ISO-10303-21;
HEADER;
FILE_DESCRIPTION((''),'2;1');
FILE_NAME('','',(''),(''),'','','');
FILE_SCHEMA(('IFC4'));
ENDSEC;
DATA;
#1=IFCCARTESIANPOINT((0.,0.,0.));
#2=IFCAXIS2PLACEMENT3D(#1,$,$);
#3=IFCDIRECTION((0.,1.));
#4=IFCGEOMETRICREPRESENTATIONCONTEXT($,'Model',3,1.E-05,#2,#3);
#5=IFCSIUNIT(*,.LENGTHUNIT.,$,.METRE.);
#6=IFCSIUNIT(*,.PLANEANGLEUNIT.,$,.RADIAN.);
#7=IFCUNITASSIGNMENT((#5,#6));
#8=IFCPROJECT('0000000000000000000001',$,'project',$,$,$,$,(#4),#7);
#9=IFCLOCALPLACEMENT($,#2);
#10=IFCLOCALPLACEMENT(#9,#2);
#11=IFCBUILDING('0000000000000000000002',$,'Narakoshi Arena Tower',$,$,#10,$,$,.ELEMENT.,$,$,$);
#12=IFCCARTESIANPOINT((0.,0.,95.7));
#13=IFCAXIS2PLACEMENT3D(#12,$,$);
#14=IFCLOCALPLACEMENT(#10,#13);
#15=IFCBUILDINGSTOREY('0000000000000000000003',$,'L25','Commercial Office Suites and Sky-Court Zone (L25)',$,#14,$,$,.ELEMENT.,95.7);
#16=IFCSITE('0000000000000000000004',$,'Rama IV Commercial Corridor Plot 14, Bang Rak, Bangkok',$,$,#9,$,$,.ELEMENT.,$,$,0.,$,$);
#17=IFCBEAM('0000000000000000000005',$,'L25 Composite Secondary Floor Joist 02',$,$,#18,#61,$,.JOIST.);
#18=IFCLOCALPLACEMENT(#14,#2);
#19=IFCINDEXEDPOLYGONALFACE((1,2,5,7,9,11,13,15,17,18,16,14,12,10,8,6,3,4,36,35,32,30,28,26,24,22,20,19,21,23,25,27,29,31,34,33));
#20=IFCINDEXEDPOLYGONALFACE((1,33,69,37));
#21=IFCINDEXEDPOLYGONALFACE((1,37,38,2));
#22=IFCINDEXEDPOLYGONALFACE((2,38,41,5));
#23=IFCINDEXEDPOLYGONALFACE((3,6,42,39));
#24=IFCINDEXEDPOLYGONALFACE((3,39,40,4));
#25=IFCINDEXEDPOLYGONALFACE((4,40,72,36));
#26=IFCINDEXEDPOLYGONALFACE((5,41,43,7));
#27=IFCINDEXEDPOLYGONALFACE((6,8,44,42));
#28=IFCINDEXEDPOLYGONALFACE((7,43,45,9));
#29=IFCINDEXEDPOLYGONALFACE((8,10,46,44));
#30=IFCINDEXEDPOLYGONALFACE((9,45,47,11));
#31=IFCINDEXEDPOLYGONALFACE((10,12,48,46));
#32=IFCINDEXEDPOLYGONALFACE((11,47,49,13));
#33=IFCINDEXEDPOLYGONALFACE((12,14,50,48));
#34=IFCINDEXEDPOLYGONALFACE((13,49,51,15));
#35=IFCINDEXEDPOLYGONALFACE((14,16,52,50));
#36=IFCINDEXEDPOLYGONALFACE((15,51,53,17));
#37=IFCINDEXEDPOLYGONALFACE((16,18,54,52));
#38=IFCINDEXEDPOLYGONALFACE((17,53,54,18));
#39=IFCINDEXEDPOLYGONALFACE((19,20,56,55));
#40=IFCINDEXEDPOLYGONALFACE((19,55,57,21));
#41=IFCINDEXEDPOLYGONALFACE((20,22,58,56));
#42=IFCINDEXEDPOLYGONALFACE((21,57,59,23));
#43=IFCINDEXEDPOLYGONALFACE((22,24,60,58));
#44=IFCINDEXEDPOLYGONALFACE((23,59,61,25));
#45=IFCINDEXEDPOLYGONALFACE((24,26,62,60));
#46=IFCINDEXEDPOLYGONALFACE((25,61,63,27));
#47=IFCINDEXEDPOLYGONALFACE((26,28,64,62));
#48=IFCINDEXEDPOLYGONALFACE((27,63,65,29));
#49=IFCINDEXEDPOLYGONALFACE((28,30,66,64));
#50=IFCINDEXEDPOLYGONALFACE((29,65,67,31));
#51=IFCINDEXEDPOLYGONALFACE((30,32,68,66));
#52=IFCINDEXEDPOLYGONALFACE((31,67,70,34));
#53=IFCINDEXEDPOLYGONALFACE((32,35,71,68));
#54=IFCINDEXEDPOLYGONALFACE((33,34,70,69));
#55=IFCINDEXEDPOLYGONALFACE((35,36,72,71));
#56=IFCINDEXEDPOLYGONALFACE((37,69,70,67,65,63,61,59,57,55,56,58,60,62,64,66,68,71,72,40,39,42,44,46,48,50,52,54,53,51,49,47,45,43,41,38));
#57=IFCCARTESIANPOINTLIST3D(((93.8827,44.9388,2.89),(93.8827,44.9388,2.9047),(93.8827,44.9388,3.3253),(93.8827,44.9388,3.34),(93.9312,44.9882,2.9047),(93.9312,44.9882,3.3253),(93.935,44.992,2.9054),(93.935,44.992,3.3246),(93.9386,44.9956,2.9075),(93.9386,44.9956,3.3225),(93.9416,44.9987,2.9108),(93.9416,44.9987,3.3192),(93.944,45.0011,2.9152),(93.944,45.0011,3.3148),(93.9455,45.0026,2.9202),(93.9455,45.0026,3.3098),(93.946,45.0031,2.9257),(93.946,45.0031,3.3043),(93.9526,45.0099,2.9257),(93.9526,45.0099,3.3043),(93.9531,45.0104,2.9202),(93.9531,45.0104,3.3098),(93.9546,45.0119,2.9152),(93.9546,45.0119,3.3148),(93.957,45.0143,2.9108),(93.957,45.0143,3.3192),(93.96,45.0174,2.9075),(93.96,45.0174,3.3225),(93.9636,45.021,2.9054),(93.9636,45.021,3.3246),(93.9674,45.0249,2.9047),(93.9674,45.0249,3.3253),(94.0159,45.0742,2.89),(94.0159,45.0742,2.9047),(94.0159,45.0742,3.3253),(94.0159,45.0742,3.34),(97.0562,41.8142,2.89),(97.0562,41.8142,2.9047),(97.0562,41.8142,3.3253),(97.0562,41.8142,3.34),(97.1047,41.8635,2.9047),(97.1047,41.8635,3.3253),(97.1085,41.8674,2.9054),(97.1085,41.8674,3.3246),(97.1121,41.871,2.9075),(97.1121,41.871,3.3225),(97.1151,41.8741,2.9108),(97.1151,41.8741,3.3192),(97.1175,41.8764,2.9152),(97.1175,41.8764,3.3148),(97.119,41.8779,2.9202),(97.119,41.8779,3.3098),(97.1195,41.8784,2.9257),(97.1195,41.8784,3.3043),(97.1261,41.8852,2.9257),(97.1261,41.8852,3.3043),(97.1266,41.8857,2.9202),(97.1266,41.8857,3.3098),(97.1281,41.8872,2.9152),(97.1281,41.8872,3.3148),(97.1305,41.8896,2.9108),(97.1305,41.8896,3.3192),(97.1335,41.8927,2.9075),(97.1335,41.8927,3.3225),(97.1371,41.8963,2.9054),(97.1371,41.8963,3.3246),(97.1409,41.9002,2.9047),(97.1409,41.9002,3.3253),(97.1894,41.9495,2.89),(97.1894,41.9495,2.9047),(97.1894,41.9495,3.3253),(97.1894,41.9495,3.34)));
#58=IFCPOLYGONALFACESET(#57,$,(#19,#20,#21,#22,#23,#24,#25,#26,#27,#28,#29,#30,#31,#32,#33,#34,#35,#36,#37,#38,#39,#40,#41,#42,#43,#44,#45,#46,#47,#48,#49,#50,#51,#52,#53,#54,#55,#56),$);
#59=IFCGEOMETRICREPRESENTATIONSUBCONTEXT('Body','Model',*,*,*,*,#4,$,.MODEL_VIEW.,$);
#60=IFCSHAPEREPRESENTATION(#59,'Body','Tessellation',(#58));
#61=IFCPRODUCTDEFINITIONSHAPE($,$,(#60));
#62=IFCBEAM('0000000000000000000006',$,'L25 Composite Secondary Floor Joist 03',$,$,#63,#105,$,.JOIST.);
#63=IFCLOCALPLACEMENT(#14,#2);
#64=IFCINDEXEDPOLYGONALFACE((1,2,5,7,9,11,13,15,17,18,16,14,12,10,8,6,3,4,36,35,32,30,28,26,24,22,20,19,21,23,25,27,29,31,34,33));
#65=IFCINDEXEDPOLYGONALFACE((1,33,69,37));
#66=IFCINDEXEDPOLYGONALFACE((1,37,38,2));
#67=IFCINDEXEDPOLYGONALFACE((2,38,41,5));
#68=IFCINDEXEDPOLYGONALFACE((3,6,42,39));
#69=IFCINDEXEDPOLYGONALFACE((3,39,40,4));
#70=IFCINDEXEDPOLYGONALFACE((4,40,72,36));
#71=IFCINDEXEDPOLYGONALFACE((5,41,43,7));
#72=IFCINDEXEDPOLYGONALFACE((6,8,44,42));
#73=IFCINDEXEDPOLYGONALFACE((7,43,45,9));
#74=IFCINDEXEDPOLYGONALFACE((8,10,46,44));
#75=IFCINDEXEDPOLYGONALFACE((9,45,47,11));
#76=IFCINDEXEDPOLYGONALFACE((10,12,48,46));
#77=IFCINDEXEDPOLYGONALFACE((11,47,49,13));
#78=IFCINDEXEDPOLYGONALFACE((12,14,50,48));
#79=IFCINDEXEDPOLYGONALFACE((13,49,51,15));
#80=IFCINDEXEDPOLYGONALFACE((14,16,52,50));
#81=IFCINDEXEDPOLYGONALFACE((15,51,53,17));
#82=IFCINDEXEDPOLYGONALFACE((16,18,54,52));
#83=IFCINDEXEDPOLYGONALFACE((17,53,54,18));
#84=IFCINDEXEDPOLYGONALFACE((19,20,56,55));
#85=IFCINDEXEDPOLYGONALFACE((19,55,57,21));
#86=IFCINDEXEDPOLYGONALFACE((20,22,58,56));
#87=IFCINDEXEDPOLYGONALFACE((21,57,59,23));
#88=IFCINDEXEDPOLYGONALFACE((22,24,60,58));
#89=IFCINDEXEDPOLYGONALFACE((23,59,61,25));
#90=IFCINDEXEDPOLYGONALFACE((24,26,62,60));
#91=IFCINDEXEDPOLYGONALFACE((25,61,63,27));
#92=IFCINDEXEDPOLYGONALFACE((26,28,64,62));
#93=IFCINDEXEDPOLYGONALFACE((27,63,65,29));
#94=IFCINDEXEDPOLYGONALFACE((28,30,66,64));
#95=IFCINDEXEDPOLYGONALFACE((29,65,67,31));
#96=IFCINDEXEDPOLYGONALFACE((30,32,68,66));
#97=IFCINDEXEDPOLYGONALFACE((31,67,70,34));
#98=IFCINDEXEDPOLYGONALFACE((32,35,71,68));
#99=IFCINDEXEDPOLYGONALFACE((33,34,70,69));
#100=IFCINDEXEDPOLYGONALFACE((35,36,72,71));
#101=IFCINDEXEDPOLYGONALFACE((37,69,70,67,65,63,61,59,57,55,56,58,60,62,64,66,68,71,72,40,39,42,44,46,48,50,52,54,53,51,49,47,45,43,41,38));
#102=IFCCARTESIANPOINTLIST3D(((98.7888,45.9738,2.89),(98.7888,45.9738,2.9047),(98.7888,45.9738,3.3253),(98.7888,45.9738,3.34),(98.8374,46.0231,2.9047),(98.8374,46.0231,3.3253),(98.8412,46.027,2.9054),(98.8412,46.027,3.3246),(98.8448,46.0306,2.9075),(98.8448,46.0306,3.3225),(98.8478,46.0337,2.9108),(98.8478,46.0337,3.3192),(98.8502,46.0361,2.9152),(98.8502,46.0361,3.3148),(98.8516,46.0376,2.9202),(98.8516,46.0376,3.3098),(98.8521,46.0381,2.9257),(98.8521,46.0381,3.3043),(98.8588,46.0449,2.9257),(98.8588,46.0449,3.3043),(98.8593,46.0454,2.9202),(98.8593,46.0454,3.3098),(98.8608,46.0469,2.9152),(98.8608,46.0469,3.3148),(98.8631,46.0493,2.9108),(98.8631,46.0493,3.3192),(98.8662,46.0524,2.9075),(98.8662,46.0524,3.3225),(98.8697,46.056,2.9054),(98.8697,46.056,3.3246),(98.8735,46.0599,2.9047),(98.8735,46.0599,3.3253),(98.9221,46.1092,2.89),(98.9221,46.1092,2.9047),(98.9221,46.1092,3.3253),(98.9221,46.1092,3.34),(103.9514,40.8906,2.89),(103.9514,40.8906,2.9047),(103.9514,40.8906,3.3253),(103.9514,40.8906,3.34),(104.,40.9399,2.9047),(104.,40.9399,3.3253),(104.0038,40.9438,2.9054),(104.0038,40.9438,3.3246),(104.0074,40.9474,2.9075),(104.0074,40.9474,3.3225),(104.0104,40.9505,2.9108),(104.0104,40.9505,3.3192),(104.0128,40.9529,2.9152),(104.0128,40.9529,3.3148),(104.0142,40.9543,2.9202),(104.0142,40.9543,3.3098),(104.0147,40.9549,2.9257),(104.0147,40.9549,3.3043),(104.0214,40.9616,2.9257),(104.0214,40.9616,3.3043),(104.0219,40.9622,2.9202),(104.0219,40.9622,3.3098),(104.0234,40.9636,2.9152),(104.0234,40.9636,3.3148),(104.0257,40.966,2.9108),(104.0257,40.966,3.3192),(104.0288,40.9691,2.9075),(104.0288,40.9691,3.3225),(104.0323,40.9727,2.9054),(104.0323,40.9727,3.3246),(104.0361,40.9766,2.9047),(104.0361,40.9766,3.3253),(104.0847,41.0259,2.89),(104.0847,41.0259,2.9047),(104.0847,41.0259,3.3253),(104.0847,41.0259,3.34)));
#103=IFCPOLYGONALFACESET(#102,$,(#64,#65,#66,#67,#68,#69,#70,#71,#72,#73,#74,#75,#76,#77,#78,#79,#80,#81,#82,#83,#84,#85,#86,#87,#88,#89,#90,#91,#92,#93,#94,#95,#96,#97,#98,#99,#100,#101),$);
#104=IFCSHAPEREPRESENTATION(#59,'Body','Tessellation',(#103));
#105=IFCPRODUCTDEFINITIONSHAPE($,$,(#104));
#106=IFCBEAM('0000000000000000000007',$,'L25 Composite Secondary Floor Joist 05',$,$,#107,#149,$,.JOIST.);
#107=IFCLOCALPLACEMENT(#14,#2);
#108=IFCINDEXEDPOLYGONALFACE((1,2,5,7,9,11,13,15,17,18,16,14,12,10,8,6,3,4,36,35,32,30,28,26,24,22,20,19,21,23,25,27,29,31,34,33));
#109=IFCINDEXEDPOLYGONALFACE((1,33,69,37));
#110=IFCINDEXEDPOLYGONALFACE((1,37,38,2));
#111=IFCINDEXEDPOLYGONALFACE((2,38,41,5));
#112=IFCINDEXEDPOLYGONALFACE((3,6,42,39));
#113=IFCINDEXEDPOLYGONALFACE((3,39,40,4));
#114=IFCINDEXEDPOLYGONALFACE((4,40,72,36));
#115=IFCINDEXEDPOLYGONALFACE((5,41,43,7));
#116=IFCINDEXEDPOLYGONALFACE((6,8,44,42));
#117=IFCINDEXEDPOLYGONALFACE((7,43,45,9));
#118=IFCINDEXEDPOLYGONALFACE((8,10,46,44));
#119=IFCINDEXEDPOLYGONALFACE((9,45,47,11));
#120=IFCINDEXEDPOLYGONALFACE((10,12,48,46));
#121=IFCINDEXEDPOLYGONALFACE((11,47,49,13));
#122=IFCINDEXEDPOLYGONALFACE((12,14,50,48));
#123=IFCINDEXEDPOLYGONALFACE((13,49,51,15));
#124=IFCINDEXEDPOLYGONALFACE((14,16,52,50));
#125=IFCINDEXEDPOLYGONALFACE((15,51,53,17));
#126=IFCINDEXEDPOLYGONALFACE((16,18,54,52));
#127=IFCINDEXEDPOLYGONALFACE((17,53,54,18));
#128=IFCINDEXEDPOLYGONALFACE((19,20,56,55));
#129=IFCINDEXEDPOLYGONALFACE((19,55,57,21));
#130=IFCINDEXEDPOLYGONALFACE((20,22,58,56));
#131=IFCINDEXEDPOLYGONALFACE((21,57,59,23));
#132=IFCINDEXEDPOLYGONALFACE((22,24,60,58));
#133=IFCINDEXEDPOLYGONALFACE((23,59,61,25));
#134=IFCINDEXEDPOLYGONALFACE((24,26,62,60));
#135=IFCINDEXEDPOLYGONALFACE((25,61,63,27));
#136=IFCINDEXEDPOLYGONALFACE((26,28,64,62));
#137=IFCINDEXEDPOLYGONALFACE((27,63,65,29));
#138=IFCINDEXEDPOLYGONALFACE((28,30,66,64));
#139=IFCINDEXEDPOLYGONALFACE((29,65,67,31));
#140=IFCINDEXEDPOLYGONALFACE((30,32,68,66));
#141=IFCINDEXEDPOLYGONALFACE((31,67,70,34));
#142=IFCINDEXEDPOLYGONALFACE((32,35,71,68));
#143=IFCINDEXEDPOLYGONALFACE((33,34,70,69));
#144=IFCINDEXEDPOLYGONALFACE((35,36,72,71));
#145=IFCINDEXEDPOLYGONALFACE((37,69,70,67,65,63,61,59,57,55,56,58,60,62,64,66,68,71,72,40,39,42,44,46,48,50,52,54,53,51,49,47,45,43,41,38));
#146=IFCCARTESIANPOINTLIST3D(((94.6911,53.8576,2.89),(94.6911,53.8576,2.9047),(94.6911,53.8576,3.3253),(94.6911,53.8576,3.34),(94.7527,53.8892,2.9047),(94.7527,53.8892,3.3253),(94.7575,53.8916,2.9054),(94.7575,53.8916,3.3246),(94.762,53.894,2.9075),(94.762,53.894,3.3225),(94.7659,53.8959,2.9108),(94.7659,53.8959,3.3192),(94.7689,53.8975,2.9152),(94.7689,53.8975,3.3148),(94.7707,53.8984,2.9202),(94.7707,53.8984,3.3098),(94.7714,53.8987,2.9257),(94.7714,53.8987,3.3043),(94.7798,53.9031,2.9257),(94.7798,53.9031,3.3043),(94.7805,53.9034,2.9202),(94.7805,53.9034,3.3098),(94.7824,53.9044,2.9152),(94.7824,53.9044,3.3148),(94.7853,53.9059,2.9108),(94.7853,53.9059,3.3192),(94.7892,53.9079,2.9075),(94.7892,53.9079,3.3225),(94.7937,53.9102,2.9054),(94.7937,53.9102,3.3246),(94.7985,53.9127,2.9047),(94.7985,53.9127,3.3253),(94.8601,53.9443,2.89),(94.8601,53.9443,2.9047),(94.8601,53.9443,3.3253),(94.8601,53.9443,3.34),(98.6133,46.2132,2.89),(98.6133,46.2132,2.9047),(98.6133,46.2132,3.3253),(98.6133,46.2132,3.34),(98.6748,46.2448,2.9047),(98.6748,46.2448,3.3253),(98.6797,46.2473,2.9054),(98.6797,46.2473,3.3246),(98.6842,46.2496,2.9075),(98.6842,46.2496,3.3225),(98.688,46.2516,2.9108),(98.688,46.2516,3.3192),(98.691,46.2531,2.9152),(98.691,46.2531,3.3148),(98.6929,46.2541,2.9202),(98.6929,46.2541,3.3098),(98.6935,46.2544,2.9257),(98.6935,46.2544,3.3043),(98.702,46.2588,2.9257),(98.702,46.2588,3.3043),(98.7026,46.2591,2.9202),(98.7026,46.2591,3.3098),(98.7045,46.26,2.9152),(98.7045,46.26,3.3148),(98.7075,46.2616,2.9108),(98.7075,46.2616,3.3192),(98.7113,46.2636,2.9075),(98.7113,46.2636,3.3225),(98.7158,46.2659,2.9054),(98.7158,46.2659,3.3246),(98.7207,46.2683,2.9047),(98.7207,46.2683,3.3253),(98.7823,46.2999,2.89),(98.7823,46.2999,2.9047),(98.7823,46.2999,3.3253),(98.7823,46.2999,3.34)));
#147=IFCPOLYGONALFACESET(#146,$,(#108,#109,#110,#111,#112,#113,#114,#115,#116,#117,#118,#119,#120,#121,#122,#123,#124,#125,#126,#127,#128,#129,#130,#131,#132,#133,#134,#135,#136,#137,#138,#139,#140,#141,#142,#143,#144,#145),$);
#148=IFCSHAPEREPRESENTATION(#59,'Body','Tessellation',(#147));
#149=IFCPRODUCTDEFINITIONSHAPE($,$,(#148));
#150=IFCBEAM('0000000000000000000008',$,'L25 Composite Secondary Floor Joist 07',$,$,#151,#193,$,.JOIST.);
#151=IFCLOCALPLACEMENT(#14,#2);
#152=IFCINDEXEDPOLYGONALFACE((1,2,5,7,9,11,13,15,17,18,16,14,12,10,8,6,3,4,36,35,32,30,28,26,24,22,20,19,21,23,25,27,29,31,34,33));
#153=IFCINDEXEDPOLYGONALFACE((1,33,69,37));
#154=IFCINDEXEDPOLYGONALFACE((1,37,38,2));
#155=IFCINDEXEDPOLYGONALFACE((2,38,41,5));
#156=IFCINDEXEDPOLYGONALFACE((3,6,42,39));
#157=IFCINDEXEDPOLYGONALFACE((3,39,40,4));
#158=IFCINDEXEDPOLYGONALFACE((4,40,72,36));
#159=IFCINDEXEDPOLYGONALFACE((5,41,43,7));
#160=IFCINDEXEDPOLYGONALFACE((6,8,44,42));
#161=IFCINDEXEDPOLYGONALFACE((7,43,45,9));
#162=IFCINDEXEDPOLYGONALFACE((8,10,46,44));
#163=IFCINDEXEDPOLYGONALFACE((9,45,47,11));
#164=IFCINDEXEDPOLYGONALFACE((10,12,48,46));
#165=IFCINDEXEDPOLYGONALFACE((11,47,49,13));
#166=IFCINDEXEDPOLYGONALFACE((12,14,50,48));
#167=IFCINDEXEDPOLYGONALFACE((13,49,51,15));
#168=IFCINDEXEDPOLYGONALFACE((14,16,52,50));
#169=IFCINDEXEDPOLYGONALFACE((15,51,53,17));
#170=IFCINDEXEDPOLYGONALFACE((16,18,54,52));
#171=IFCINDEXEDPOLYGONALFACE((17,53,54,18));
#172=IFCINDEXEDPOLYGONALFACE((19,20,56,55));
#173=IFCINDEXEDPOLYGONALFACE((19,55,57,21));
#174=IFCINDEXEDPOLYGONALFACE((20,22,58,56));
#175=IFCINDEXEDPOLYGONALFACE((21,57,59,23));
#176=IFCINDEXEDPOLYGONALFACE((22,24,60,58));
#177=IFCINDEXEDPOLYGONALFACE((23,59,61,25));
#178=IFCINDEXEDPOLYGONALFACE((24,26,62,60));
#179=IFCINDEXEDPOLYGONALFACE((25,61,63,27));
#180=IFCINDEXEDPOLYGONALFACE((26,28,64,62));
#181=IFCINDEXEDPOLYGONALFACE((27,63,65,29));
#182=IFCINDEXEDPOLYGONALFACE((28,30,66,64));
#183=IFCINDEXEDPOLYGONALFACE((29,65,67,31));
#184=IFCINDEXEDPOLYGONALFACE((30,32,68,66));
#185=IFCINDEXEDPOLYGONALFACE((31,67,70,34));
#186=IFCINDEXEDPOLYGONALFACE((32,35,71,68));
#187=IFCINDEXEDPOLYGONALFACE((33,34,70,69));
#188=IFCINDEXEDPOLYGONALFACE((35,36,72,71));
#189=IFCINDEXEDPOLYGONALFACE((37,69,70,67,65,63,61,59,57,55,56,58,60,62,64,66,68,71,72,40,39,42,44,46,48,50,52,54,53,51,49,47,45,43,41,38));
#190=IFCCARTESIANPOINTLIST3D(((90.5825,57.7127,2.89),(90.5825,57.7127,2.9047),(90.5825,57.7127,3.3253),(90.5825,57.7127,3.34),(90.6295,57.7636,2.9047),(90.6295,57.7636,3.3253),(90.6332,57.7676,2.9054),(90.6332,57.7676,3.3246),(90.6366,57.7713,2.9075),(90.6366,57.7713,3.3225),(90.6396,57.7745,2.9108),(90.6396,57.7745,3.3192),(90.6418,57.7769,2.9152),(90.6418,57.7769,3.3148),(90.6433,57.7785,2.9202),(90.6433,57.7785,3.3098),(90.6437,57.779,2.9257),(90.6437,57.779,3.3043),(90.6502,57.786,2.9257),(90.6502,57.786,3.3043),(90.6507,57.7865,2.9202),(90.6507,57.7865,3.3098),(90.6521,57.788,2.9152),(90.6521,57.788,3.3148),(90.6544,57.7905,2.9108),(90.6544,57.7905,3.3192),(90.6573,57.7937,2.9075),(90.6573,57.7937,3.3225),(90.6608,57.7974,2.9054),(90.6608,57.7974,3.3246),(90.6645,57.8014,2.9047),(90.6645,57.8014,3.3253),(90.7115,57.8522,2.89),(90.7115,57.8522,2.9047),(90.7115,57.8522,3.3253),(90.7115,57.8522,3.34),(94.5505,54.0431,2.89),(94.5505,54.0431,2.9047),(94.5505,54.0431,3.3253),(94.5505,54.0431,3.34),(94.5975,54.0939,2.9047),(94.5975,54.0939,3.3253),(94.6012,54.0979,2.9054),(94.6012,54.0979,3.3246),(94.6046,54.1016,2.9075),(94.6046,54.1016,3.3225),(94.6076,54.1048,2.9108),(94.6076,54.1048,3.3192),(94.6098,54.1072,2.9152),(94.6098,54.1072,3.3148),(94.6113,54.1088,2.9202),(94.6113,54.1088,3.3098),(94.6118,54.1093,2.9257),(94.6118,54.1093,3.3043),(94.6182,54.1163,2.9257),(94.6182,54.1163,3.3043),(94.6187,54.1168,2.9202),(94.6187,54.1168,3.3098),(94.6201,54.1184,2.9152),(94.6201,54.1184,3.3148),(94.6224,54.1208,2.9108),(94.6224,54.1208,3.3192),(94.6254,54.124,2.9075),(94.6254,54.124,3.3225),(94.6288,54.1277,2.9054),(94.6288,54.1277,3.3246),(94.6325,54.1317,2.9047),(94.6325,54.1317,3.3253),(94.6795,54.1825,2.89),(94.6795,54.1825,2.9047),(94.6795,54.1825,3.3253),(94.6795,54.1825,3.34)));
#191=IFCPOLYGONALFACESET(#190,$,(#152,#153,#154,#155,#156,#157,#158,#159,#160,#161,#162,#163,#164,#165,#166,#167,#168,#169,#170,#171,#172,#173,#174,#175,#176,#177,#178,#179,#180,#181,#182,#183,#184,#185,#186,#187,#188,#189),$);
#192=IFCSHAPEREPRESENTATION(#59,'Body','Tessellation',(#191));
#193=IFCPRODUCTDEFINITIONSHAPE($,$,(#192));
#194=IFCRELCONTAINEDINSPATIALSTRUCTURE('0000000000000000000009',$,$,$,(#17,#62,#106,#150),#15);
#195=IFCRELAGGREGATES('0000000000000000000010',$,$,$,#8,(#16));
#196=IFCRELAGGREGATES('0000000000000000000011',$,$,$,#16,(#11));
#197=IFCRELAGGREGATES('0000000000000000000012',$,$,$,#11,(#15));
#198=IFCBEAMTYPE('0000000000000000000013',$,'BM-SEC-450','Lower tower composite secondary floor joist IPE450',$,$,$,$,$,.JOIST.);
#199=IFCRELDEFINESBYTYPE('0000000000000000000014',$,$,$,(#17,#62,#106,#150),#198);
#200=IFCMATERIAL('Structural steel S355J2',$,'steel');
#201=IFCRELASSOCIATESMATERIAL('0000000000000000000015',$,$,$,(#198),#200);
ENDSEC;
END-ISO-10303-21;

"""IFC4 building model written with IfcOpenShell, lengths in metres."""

from ifc_helpers import new_model, si_unit, direction, frame, origin, origin_2d, place, context, subcontext, project, spatial, i_section, extrude, material, material_profile, profile_set, type_object, element, save


model = new_model("IFC4")

# Units and contexts
model_context = context("Model", 3, precision=1e-05, world=origin(), true_north=direction((0.0, 1.0)))
body_context = subcontext(model_context, "Body", "Model", "MODEL_VIEW")
ifc_project = project(units=[si_unit("LENGTHUNIT", "METRE"), si_unit("PLANEANGLEUNIT", "RADIAN")], contexts=[model_context])

# Site, building, storey
site_placement = place(None, origin())
site = spatial("IfcSite", under=ifc_project, at=site_placement, Name="Rama IV Commercial Corridor Plot 14, Bang Rak, Bangkok", CompositionType="ELEMENT", RefElevation=0.0)
building_placement = place(site_placement, origin())
building = spatial("IfcBuilding", under=site, at=building_placement, Name="Narakoshi Arena Tower", CompositionType="ELEMENT")
storey_placement = place(building_placement, frame((0.0, 0.0, 95.7)))
storey = spatial("IfcBuildingStorey", under=building, at=storey_placement, Name="L25", Description="Commercial Office Suites and Sky-Court Zone (L25)", CompositionType="ELEMENT", Elevation=95.7)

# Beams
ifc_material_1 = material(Name="Structural steel S355J2", Category="steel")
ifc_material_profile_1 = material_profile(ifc_material_1, i_section(OverallWidth=0.1899, OverallDepth=0.45, WebThickness=0.0095, FlangeThickness=0.0146, FilletRadius=0.021, at=origin_2d()), Name="IPE450")
ifc_profile_set_1 = profile_set([ifc_material_profile_1], Name="Structural steel S355J2")
beam_type_1 = type_object("IfcBeamType", Name="BM-SEC-450", Description="Lower tower composite secondary floor joist IPE450", PredefinedType="JOIST", material=ifc_profile_set_1)
beam_1_placement = place(storey_placement, frame((97.1228, 41.8818, 3.115), z_axis=(-0.712567, 0.701604, 0.0), x_axis=(-0.701604, -0.712567, 0.0)))
element("IfcBeam", 1, at=beam_1_placement, inside=storey, type_object=beam_type_1, Name="L25 Composite Secondary Floor Joist 02", PredefinedType="JOIST", context=body_context, shape_type="SweptSolid", body=[
    extrude(i_section(OverallWidth=0.1899, OverallDepth=0.45, WebThickness=0.0095, FlangeThickness=0.0146, FilletRadius=0.021, at=origin_2d()), origin(), (0.0, 0.0, 1.0), 4.4536),
])
beam_2_placement = place(storey_placement, frame((104.0181, 40.9583, 3.115), z_axis=(-0.712561, 0.70161, 0.0), x_axis=(-0.70161, -0.712561, 0.0)))
element("IfcBeam", 2, at=beam_2_placement, inside=storey, type_object=beam_type_1, Name="L25 Composite Secondary Floor Joist 03", PredefinedType="JOIST", context=body_context, shape_type="SweptSolid", body=[
    extrude(i_section(OverallWidth=0.1899, OverallDepth=0.45, WebThickness=0.0095, FlangeThickness=0.0146, FilletRadius=0.021, at=origin_2d()), origin(), (0.0, 0.0, 1.0), 7.2451),
])
beam_3_placement = place(storey_placement, frame((98.6978, 46.2566, 3.115), z_axis=(-0.456498, 0.889724, 0.0), x_axis=(-0.889724, -0.456498, 0.0)))
element("IfcBeam", 3, at=beam_3_placement, inside=storey, type_object=beam_type_1, Name="L25 Composite Secondary Floor Joist 05", PredefinedType="JOIST", context=body_context, shape_type="SweptSolid", body=[
    extrude(i_section(OverallWidth=0.1899, OverallDepth=0.45, WebThickness=0.0095, FlangeThickness=0.0146, FilletRadius=0.021, at=origin_2d()), origin(), (0.0, 0.0, 1.0), 8.5918),
])
beam_4_placement = place(storey_placement, frame((94.615, 54.1128, 3.115), z_axis=(-0.734168, 0.678968, 0.0), x_axis=(-0.678968, -0.734168, 0.0)))
element("IfcBeam", 4, at=beam_4_placement, inside=storey, type_object=beam_type_1, Name="L25 Composite Secondary Floor Joist 07", PredefinedType="JOIST", context=body_context, shape_type="SweptSolid", body=[
    extrude(i_section(OverallWidth=0.1899, OverallDepth=0.45, WebThickness=0.0095, FlangeThickness=0.0146, FilletRadius=0.021, at=origin_2d()), origin(), (0.0, 0.0, 1.0), 5.4048),
])

save(model, "model.ifc")
